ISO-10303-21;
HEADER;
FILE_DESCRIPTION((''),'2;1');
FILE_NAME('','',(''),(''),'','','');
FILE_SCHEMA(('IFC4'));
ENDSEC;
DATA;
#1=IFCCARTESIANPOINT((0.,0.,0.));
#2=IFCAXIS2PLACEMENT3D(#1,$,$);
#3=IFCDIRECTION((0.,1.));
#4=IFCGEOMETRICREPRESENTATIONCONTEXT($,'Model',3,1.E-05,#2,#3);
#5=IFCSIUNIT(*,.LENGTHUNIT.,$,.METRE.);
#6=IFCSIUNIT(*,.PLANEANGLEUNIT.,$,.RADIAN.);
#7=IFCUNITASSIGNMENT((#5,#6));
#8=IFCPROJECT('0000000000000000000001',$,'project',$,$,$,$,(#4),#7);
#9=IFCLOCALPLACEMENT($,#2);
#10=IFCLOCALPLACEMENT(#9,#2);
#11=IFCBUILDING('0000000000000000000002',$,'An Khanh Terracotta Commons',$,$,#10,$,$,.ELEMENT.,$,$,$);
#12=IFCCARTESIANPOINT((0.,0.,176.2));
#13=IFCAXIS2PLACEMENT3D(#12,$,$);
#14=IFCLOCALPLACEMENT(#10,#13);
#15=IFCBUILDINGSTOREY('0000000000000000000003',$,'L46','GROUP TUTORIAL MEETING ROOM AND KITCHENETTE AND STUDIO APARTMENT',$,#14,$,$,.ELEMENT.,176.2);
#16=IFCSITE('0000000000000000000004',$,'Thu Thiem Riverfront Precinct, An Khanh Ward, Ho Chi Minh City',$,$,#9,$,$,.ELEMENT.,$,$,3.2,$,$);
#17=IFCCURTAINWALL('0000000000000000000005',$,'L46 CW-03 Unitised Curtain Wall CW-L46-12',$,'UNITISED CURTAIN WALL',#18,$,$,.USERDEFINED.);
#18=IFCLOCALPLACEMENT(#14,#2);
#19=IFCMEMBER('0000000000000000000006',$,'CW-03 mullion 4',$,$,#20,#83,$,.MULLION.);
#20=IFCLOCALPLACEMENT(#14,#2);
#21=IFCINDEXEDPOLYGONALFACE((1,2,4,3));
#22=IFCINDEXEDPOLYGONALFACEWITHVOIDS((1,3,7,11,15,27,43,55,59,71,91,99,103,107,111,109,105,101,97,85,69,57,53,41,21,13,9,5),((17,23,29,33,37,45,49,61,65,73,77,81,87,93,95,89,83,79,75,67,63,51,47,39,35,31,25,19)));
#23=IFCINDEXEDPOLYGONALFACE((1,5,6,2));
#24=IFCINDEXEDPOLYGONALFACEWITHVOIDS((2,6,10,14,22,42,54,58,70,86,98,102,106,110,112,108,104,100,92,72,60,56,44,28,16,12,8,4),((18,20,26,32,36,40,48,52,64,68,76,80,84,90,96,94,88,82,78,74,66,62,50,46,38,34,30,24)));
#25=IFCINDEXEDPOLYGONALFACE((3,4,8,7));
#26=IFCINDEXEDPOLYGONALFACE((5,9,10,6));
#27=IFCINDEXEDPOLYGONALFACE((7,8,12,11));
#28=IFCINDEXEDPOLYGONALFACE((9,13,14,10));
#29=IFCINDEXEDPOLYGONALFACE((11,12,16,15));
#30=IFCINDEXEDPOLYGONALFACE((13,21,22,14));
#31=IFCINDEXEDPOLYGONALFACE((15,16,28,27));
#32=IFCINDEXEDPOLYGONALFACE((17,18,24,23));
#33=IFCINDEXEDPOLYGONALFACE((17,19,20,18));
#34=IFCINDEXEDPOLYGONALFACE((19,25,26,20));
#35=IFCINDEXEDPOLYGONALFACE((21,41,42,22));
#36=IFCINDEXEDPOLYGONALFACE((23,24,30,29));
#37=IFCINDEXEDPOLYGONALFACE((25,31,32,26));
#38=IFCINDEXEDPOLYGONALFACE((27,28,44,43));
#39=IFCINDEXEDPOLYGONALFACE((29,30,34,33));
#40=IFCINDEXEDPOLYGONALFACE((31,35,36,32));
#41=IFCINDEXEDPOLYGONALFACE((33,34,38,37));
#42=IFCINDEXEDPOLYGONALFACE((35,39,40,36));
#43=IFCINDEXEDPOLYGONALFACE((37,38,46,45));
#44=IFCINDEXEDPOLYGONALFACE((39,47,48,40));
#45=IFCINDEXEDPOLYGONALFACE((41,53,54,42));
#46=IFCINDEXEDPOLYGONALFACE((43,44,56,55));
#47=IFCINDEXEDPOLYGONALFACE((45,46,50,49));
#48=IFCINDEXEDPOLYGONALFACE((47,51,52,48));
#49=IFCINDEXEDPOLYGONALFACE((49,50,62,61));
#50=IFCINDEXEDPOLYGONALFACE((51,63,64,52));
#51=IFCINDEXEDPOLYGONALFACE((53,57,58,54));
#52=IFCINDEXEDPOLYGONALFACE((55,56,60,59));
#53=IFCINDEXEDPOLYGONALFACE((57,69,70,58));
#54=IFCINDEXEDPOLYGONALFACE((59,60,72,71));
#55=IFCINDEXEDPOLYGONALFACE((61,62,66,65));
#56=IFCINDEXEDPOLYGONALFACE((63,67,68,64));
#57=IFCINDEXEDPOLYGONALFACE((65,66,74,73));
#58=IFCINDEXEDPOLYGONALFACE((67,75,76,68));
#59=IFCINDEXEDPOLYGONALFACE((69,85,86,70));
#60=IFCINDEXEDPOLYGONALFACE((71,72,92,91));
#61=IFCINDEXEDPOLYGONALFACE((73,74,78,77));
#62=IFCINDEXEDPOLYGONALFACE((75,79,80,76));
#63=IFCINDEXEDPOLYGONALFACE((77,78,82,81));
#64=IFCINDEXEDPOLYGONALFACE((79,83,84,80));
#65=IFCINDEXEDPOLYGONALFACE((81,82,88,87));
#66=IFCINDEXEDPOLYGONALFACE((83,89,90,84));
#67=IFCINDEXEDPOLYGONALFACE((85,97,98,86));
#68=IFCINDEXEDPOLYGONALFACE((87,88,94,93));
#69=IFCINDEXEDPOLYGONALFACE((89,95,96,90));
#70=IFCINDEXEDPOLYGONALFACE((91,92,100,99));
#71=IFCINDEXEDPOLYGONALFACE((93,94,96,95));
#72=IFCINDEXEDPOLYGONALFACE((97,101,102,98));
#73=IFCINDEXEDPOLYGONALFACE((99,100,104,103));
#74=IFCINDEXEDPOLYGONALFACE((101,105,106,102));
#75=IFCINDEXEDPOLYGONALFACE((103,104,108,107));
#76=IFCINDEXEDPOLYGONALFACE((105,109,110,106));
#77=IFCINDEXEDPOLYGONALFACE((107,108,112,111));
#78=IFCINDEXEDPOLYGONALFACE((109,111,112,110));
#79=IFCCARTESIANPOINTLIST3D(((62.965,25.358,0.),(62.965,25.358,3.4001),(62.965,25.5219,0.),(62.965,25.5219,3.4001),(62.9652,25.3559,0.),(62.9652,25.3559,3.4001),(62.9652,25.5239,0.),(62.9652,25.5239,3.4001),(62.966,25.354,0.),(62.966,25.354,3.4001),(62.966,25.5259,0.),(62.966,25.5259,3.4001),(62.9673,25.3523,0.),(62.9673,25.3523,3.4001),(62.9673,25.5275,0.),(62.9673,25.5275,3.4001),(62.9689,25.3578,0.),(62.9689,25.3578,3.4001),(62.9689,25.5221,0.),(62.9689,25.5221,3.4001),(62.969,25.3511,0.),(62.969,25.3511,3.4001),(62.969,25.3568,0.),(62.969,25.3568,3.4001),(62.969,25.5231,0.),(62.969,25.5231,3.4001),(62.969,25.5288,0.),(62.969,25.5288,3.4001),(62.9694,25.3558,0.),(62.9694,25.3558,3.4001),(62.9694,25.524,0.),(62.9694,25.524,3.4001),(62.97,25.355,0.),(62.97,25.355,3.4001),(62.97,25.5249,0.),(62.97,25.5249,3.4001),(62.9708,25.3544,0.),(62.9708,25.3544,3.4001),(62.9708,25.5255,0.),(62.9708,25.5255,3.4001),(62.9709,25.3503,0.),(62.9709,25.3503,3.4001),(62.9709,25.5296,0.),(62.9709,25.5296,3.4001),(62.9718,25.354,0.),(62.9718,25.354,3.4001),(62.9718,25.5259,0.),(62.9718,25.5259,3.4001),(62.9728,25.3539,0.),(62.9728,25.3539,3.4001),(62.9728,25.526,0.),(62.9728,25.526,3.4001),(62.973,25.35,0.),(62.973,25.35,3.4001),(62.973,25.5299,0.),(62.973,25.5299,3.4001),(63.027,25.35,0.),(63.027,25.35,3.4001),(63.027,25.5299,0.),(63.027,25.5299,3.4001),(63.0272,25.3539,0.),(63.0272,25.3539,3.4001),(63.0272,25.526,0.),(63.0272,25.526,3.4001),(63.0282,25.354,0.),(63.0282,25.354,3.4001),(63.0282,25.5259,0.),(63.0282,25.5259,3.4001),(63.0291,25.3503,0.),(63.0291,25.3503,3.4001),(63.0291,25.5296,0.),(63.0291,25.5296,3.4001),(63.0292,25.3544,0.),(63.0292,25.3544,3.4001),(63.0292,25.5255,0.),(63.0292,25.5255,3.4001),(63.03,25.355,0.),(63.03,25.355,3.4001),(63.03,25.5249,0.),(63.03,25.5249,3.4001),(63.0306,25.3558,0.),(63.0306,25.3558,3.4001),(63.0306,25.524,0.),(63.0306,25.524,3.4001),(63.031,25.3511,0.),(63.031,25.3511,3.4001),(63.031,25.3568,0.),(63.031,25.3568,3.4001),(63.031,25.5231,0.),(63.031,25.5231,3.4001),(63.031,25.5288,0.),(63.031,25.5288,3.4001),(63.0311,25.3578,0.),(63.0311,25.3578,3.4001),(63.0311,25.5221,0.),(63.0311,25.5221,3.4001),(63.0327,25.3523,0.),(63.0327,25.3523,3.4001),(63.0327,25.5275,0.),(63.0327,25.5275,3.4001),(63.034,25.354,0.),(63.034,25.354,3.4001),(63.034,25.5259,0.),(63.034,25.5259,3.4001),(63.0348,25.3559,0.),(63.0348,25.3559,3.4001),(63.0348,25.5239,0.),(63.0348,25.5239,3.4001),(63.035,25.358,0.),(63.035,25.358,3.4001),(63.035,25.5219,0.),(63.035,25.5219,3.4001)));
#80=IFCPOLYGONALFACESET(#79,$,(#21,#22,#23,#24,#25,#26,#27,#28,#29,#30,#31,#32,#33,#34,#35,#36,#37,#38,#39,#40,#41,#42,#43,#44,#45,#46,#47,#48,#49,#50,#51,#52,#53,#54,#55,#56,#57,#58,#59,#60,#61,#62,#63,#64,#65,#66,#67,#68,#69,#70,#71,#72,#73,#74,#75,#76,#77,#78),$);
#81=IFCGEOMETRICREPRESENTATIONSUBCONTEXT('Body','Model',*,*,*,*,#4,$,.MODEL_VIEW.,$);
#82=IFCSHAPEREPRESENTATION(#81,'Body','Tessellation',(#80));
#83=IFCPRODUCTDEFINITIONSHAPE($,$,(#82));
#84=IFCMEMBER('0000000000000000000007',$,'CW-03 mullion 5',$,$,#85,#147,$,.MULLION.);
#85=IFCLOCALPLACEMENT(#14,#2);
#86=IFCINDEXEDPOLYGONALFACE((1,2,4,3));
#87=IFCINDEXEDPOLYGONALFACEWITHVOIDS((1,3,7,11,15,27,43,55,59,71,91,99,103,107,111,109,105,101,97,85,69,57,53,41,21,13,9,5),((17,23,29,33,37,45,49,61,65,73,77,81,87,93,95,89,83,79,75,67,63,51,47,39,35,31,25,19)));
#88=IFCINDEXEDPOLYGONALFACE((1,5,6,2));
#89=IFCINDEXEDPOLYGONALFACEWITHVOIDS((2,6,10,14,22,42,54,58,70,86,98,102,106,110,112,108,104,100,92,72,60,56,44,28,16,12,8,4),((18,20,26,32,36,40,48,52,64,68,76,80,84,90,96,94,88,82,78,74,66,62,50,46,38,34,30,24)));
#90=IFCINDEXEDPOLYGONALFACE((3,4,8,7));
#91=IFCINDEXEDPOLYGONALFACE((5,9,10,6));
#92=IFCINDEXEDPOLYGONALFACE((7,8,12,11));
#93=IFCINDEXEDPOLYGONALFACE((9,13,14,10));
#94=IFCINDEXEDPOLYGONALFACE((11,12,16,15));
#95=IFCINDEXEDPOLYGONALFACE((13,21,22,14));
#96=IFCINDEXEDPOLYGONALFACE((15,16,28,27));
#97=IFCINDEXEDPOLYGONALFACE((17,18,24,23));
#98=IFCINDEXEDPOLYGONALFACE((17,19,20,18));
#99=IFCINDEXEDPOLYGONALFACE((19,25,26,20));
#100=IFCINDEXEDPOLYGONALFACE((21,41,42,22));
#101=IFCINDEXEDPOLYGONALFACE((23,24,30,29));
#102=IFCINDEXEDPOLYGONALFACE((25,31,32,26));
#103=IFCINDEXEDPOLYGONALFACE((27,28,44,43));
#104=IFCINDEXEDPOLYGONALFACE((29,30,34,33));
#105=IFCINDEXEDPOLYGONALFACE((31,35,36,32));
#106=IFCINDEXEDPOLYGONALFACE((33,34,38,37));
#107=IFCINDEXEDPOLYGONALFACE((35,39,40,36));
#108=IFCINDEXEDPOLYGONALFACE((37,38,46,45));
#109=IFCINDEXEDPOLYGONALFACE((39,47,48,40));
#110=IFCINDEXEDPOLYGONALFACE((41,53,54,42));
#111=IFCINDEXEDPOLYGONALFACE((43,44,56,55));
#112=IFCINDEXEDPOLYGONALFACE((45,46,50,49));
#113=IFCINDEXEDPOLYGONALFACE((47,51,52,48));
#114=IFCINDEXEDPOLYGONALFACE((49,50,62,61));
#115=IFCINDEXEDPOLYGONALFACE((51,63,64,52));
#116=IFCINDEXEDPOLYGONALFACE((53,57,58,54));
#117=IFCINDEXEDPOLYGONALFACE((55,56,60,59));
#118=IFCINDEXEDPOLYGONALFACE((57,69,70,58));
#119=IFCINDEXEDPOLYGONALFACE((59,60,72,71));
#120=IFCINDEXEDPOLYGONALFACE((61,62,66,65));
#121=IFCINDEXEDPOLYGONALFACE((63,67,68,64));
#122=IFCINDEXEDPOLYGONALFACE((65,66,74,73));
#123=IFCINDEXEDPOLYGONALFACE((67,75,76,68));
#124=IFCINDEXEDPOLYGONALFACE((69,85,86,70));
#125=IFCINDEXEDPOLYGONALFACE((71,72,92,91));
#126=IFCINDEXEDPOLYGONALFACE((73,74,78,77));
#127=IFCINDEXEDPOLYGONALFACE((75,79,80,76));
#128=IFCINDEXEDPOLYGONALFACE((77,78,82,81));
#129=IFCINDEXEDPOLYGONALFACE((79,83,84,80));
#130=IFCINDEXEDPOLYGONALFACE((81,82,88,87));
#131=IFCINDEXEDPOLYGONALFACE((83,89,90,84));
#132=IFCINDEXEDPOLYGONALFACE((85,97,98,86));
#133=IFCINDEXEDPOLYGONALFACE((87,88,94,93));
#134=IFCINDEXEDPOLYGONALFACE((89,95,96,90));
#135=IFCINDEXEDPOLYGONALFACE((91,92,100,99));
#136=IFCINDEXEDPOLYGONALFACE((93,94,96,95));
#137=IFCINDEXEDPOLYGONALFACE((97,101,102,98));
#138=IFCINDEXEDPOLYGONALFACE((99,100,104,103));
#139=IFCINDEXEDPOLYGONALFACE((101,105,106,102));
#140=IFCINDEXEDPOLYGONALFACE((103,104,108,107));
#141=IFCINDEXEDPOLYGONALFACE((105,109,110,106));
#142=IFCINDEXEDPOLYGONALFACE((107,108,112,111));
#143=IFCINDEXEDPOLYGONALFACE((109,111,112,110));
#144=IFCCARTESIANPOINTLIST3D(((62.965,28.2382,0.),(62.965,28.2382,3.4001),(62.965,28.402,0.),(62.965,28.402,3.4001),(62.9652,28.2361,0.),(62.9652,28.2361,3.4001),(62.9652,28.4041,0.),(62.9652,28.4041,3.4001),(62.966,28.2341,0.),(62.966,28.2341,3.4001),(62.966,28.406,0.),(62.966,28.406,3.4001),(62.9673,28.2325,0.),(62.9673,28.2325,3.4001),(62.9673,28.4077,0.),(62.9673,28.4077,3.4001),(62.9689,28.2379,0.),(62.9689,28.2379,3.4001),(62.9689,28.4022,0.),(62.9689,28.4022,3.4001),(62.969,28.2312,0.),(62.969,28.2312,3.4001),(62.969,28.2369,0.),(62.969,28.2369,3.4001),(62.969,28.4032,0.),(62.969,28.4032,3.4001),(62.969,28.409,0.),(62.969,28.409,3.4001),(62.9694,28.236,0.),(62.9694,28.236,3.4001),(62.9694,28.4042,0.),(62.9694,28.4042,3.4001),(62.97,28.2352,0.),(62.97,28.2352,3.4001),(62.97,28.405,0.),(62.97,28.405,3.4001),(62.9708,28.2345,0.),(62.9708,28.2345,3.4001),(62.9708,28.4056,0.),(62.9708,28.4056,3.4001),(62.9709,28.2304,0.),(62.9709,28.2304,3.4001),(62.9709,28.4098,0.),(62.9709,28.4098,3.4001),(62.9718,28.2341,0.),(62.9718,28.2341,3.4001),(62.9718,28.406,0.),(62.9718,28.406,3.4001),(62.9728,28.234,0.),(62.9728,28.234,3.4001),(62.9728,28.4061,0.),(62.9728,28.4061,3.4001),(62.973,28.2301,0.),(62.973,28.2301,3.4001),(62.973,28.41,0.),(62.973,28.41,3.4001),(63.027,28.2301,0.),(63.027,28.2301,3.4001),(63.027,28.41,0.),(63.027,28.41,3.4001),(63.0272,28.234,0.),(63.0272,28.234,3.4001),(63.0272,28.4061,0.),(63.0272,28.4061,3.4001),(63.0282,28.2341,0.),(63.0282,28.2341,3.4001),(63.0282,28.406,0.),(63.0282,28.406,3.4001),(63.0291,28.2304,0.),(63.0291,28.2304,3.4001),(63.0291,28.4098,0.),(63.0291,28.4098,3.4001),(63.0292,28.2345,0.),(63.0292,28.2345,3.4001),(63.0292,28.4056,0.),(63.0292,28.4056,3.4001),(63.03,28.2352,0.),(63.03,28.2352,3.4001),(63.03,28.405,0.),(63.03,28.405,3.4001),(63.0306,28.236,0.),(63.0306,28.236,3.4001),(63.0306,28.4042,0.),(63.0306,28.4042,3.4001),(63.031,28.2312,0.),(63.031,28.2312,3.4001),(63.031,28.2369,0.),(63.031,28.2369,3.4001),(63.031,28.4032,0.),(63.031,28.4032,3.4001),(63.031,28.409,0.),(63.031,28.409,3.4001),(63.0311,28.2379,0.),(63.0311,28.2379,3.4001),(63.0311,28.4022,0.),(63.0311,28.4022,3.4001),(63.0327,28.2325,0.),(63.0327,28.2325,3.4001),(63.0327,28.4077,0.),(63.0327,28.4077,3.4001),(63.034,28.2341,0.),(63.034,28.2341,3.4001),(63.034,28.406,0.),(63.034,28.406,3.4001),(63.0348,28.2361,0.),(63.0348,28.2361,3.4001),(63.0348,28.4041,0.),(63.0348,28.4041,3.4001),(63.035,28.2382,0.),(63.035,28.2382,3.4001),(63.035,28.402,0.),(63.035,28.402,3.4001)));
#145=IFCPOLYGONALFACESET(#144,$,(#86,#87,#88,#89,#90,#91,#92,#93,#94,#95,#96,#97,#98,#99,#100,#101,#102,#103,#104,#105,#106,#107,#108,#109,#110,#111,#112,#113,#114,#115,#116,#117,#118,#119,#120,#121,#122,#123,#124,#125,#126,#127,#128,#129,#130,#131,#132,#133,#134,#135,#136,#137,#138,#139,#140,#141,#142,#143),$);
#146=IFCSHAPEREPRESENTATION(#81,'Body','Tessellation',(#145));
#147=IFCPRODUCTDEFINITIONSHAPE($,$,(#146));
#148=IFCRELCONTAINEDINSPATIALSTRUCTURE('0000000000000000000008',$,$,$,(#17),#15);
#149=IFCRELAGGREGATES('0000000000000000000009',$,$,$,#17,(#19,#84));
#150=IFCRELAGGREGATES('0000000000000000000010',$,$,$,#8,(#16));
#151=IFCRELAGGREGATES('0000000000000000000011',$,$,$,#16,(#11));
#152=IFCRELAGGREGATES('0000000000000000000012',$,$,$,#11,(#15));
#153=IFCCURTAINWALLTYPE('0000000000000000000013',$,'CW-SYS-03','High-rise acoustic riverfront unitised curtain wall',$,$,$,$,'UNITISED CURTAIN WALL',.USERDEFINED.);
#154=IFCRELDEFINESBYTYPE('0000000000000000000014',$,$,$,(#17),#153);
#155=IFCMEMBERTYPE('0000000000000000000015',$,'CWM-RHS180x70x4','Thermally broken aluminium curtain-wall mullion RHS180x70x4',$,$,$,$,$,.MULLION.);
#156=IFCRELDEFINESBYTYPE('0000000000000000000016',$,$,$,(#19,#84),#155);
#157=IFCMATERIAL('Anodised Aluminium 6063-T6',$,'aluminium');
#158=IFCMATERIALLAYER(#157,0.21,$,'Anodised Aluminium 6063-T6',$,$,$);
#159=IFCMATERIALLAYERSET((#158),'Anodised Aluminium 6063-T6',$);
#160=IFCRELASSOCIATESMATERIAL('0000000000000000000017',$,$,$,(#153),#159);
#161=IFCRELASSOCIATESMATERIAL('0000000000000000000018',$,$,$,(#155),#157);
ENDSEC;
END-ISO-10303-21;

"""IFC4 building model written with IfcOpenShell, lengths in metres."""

from ifc_helpers import new_model, si_unit, direction, frame, origin, origin_2d, place, context, subcontext, project, spatial, hollow_rectangle, extrude, material, layer, layer_set, material_profile, profile_set, type_object, element, aggregate, save


model = new_model("IFC4")

# Units and contexts
model_context = context("Model", 3, precision=1e-05, world=origin(), true_north=direction((0.0, 1.0)))
body_context = subcontext(model_context, "Body", "Model", "MODEL_VIEW")
ifc_project = project(units=[si_unit("LENGTHUNIT", "METRE"), si_unit("PLANEANGLEUNIT", "RADIAN")], contexts=[model_context])

# Site, building, storey
site_placement = place(None, origin())
site = spatial("IfcSite", under=ifc_project, at=site_placement, Name="Thu Thiem Riverfront Precinct, An Khanh Ward, Ho Chi Minh City", CompositionType="ELEMENT", RefElevation=3.2)
building_placement = place(site_placement, origin())
building = spatial("IfcBuilding", under=site, at=building_placement, Name="An Khanh Terracotta Commons", CompositionType="ELEMENT")
storey_placement = place(building_placement, frame((0.0, 0.0, 176.2)))
storey = spatial("IfcBuildingStorey", under=building, at=storey_placement, Name="L46", Description="GROUP TUTORIAL MEETING ROOM AND KITCHENETTE AND STUDIO APARTMENT", CompositionType="ELEMENT", Elevation=176.2)

# Curtain wall, members
ifc_material_1 = material(Name="Anodised Aluminium 6063-T6", Category="aluminium")
ifc_layer_1 = layer(ifc_material_1, 0.21, Name="Anodised Aluminium 6063-T6")
ifc_layer_set_1 = layer_set([ifc_layer_1], Name="Anodised Aluminium 6063-T6")
curtain_wall_type = type_object("IfcCurtainWallType", Name="CW-SYS-03", Description="High-rise acoustic riverfront unitised curtain wall", ElementType="UNITISED CURTAIN WALL", PredefinedType="USERDEFINED", material=ifc_layer_set_1)
curtain_wall_1_placement = place(storey_placement, origin())
curtain_wall_1 = element("IfcCurtainWall", 1, at=curtain_wall_1_placement, inside=storey, type_object=curtain_wall_type, Name="L46 CW-03 Unitised Curtain Wall CW-L46-12", ObjectType="UNITISED CURTAIN WALL", PredefinedType="USERDEFINED")
ifc_material_profile_1 = material_profile(ifc_material_1, hollow_rectangle(XDim=0.0701, YDim=0.1799, WallThickness=0.0039, InnerFilletRadius=0.0039, OuterFilletRadius=0.0081, at=origin_2d()), Name="RHS180x70x4")
ifc_profile_set_1 = profile_set([ifc_material_profile_1], Name="Anodised Aluminium 6063-T6")
member_type_1 = type_object("IfcMemberType", Name="CWM-RHS180x70x4", Description="Thermally broken aluminium curtain-wall mullion RHS180x70x4", PredefinedType="MULLION", material=ifc_profile_set_1)
member_1_placement = place(storey_placement, frame((63.0, 25.4399, 0.0), z_axis=(0.0, 0.0, 1.0), x_axis=(-1.0, 0.0, 0.0)))
member_1 = element("IfcMember", 2, at=member_1_placement, type_object=member_type_1, Name="CW-03 mullion 4", PredefinedType="MULLION", context=body_context, shape_type="SweptSolid", body=[
    extrude(hollow_rectangle(XDim=0.0701, YDim=0.1799, WallThickness=0.0039, InnerFilletRadius=0.0039, OuterFilletRadius=0.0081, at=origin_2d()), origin(), (0.0, 0.0, 1.0), 3.4001),
])
member_2_placement = place(storey_placement, frame((63.0, 28.3201, 0.0), z_axis=(0.0, 0.0, 1.0), x_axis=(-1.0, 0.0, 0.0)))
member_2 = element("IfcMember", 3, at=member_2_placement, type_object=member_type_1, Name="CW-03 mullion 5", PredefinedType="MULLION", context=body_context, shape_type="SweptSolid", body=[
    extrude(hollow_rectangle(XDim=0.0701, YDim=0.1799, WallThickness=0.0039, InnerFilletRadius=0.0039, OuterFilletRadius=0.0081, at=origin_2d()), origin(), (0.0, 0.0, 1.0), 3.4001),
])

aggregate(curtain_wall_1, [member_1, member_2])

save(model, "model.ifc")
